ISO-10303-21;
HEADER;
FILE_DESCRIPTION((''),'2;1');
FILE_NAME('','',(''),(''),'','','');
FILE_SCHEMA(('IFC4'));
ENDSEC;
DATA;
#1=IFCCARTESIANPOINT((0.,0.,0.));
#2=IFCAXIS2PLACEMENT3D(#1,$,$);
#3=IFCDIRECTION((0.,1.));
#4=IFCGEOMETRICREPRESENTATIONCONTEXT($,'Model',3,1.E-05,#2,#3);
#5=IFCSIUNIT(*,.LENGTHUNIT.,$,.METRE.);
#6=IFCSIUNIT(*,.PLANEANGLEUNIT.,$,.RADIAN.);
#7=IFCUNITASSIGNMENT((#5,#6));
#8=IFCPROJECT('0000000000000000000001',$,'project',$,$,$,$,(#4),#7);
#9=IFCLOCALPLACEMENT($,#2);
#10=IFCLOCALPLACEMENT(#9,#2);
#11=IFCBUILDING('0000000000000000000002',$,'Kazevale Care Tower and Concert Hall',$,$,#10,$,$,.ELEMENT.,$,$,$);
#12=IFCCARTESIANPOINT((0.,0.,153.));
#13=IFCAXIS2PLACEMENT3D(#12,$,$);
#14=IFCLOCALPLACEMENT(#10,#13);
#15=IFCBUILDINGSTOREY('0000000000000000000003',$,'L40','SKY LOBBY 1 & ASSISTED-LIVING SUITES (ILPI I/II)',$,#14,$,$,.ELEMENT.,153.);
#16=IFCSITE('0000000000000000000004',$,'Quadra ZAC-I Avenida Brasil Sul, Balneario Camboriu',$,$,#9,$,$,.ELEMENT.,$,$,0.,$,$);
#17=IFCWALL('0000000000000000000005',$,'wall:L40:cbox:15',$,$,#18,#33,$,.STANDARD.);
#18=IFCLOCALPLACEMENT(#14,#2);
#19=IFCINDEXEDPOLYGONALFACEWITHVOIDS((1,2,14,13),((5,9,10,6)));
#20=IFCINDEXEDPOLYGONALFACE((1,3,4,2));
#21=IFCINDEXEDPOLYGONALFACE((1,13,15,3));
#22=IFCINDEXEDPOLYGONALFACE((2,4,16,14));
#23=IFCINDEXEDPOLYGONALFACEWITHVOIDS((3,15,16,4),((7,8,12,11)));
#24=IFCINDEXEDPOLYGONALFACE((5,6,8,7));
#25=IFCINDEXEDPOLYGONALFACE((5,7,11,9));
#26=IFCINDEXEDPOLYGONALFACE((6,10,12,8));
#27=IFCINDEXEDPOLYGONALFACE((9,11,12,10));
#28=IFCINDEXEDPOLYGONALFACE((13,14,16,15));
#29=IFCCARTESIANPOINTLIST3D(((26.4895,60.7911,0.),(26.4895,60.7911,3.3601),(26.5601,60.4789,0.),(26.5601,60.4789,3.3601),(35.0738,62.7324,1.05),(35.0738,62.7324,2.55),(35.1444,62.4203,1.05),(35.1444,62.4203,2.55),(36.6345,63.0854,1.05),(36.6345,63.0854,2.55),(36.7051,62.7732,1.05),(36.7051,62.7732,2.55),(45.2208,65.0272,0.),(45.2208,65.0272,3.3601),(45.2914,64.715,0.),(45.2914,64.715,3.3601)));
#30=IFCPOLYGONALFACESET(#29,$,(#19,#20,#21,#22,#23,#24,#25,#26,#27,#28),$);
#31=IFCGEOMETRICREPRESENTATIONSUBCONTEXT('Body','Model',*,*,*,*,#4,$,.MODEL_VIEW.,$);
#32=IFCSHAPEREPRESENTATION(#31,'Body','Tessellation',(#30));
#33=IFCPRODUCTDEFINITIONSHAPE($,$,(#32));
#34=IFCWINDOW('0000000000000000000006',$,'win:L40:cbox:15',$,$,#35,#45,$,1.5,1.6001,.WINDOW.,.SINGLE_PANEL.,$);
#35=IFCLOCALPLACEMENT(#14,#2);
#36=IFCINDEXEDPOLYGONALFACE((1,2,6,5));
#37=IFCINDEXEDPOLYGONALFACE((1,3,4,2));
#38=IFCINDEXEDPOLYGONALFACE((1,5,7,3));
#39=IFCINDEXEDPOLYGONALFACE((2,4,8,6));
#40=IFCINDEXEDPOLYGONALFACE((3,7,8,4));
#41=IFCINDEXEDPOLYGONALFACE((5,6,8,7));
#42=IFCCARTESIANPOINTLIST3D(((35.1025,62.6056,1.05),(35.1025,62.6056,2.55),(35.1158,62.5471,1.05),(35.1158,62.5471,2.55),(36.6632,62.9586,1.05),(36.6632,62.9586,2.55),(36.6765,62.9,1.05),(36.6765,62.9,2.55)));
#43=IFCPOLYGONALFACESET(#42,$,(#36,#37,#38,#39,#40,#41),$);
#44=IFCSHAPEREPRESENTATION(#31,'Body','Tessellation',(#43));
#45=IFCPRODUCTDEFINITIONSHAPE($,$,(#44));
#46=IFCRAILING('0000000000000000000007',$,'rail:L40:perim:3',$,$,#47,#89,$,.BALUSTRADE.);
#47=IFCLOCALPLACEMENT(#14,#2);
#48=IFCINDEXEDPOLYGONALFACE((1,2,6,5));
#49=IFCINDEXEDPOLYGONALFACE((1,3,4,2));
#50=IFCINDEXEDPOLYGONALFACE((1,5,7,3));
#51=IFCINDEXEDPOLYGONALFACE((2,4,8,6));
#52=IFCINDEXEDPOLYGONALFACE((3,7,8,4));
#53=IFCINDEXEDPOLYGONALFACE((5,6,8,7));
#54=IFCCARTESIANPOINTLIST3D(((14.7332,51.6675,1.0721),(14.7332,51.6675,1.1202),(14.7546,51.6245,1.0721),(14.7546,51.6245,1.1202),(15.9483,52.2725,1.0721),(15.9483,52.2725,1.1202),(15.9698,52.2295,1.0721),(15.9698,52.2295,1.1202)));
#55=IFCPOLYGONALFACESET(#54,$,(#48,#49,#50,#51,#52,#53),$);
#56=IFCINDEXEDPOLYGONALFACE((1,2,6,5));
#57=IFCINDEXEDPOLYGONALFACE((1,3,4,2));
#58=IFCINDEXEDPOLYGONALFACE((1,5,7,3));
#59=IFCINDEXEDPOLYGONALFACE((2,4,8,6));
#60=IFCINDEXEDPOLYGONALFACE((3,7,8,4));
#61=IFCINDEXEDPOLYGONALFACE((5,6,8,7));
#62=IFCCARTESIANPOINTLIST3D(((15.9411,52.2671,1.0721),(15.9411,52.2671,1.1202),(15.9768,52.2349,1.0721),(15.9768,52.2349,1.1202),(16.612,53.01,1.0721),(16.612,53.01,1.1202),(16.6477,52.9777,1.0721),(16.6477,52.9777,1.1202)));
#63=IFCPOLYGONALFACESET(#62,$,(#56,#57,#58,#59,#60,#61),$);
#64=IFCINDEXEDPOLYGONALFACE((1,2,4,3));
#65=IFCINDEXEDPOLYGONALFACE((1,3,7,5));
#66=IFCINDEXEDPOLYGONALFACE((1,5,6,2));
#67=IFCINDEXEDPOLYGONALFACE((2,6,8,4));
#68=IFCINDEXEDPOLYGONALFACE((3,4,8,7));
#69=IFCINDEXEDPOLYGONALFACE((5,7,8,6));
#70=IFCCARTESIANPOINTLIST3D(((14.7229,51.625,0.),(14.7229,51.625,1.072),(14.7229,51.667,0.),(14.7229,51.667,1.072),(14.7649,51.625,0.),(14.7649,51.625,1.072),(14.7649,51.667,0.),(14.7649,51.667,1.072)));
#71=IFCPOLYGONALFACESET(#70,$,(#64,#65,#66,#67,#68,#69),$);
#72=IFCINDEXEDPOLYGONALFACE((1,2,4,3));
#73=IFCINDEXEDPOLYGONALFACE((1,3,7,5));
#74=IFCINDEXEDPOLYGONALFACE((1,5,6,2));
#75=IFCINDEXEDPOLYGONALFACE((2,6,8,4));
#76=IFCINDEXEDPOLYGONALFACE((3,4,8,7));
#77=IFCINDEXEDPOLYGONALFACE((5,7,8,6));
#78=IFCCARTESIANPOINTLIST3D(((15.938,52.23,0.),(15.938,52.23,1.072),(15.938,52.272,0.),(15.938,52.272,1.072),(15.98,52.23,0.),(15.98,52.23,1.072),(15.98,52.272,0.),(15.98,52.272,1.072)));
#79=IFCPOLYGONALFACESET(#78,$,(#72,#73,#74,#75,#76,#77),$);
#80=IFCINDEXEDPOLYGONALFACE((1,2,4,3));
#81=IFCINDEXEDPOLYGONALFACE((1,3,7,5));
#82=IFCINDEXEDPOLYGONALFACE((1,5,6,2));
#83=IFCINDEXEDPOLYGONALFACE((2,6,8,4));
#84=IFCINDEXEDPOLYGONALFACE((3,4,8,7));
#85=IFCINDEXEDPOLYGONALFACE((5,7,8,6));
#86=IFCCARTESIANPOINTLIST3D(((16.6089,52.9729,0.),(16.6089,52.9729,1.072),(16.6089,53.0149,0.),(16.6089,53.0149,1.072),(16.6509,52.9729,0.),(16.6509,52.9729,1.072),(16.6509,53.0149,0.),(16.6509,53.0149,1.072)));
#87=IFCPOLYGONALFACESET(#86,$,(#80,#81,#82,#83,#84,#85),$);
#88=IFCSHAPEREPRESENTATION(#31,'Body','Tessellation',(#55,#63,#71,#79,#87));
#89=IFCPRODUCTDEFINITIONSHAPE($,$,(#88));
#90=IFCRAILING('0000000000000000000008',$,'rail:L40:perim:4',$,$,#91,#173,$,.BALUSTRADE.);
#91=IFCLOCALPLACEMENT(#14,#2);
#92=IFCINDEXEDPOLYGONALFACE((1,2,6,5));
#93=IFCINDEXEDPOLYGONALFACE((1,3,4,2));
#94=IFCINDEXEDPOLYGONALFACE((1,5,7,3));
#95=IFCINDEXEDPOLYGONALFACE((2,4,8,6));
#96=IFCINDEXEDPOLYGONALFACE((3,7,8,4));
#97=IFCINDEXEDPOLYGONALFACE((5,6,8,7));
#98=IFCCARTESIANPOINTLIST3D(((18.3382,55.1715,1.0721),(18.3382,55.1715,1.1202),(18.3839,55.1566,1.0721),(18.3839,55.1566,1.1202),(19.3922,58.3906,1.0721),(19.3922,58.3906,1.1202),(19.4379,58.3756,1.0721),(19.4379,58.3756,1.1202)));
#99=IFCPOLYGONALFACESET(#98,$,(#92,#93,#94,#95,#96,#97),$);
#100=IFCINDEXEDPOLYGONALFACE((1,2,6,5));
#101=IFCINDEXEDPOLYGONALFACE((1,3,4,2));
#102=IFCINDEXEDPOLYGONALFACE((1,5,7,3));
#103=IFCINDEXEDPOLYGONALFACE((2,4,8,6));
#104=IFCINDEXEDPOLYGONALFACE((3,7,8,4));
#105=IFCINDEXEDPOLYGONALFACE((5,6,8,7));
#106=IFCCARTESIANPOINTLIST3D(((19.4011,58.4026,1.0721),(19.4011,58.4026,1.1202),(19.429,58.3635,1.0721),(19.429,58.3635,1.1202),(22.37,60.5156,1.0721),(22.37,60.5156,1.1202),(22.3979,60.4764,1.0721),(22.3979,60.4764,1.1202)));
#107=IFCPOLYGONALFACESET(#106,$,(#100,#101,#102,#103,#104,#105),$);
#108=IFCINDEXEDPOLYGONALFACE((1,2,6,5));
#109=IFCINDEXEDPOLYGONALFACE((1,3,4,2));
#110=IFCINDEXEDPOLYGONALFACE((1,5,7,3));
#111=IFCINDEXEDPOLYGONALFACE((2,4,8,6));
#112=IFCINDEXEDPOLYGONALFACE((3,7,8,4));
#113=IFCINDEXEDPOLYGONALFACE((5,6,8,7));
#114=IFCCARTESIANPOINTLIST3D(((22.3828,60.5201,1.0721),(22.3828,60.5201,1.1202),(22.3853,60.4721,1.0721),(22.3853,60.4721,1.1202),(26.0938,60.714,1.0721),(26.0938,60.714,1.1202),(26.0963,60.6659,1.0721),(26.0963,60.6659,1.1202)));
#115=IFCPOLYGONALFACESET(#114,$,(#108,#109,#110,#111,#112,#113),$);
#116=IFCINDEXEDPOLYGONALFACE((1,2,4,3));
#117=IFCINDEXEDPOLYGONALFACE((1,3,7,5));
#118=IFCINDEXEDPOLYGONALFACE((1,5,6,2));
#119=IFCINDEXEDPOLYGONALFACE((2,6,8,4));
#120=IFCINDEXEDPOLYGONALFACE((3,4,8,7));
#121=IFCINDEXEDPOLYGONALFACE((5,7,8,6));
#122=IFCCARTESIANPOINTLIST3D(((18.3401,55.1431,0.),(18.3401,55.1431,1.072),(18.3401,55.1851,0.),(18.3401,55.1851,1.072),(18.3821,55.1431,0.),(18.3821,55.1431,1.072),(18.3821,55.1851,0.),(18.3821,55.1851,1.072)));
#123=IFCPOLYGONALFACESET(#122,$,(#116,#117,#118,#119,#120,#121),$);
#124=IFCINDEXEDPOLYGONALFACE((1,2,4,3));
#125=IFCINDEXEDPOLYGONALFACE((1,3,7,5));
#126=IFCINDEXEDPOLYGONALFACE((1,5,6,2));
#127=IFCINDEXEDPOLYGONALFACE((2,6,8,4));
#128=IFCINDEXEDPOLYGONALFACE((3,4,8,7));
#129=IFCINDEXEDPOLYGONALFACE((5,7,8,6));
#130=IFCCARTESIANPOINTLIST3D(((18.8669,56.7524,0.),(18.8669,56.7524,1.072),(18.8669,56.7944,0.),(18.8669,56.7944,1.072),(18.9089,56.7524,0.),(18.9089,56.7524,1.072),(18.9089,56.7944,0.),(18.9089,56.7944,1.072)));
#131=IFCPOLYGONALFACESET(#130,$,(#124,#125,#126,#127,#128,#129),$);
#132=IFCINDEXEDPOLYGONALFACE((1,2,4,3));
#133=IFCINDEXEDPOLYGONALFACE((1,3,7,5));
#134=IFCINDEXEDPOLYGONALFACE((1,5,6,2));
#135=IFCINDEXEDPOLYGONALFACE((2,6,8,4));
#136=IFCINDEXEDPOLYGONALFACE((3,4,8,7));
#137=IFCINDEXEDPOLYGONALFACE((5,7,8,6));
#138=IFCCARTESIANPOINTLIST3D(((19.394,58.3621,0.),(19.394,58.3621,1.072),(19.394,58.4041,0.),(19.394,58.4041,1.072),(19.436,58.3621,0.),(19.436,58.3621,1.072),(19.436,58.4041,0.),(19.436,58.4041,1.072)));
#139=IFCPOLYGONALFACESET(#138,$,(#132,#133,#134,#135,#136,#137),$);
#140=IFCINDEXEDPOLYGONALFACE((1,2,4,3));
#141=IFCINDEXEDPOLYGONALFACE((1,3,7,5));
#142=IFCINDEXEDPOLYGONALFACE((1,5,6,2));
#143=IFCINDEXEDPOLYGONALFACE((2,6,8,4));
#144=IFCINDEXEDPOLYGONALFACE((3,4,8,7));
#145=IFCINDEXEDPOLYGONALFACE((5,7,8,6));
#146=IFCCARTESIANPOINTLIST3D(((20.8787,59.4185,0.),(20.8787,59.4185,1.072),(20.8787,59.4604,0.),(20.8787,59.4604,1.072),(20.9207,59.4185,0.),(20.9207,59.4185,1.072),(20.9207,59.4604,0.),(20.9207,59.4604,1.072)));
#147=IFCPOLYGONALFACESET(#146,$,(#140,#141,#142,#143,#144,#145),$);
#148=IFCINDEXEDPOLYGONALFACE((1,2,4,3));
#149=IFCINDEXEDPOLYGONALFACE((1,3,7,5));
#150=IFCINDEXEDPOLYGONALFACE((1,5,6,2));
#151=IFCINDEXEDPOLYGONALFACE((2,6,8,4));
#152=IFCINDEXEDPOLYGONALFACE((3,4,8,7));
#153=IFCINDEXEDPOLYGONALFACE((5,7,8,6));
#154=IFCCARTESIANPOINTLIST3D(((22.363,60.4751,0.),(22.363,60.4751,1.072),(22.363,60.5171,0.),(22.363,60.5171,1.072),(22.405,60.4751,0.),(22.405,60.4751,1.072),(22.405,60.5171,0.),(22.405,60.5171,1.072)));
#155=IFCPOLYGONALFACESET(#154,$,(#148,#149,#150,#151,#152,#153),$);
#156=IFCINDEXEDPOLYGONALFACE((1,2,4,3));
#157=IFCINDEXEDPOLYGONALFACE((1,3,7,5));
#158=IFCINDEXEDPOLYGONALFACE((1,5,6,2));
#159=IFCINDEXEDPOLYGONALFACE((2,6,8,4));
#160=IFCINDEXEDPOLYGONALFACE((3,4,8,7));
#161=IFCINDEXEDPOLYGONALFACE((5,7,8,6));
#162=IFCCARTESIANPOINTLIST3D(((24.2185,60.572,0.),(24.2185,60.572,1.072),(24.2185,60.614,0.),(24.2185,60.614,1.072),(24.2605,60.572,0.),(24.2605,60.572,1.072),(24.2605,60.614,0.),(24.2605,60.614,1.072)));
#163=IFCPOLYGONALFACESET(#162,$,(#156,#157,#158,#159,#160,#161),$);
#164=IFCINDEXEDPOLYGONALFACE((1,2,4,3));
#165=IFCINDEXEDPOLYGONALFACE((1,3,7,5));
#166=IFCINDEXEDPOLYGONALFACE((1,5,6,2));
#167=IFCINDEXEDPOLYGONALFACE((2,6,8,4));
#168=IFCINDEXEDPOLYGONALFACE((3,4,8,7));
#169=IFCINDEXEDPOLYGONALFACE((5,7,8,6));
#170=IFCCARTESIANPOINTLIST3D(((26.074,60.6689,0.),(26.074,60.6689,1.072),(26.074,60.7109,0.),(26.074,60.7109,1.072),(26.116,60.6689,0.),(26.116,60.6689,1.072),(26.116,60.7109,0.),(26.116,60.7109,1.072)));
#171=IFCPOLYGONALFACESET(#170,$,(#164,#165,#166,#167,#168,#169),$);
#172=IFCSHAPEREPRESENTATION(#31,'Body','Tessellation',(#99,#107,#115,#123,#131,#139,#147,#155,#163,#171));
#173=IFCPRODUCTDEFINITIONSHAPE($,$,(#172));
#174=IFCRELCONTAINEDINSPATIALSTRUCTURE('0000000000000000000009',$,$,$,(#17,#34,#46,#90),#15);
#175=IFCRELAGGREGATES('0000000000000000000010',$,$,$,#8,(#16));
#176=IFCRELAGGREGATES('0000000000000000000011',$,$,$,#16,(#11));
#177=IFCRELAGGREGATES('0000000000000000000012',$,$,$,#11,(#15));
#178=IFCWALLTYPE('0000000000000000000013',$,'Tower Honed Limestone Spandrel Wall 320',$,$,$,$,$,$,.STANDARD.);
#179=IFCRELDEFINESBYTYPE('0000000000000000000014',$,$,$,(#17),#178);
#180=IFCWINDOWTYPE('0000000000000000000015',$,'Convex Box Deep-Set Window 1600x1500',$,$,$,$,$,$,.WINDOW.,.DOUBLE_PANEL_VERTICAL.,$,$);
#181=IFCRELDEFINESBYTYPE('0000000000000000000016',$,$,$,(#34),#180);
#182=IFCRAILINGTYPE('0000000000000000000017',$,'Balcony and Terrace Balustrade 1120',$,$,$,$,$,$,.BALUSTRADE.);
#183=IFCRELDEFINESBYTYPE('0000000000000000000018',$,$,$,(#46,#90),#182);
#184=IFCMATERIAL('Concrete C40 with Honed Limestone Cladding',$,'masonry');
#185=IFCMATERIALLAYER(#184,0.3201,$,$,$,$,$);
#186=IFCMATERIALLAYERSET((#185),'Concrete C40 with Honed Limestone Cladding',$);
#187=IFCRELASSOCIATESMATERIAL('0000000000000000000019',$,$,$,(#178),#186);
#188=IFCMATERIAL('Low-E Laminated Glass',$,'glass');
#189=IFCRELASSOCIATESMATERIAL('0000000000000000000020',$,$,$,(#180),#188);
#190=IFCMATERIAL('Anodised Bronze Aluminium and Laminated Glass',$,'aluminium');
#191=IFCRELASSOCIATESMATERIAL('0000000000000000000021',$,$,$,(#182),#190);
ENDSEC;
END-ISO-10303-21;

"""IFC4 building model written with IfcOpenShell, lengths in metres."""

from ifc_helpers import new_model, si_unit, direction, frame, frame_2d, origin, origin_2d, place, context, subcontext, project, spatial, rectangle, extrude, material, layer, layer_set, type_object, element, fill, save


model = new_model("IFC4")

# Units and contexts
model_context = context("Model", 3, precision=1e-05, world=origin(), true_north=direction((0.0, 1.0)))
body_context = subcontext(model_context, "Body", "Model", "MODEL_VIEW")
ifc_project = project(units=[si_unit("LENGTHUNIT", "METRE"), si_unit("PLANEANGLEUNIT", "RADIAN")], contexts=[model_context])

# Site, building, storey
site_placement = place(None, origin())
site = spatial("IfcSite", under=ifc_project, at=site_placement, Name="Quadra ZAC-I Avenida Brasil Sul, Balneario Camboriu", CompositionType="ELEMENT", RefElevation=0.0)
building_placement = place(site_placement, origin())
building = spatial("IfcBuilding", under=site, at=building_placement, Name="Kazevale Care Tower and Concert Hall", CompositionType="ELEMENT")
storey_placement = place(building_placement, frame((0.0, 0.0, 153.0)))
storey = spatial("IfcBuildingStorey", under=building, at=storey_placement, Name="L40", Description="SKY LOBBY 1 & ASSISTED-LIVING SUITES (ILPI I/II)", CompositionType="ELEMENT", Elevation=153.0)

# Shared definitions
ifc_material_1 = material(Name="Low-E Laminated Glass", Category="glass")

# Wall, opening, window
ifc_material_2 = material(Name="Concrete C40 with Honed Limestone Cladding", Category="masonry")
ifc_layer_1 = layer(ifc_material_2, 0.3201)
ifc_layer_set_1 = layer_set([ifc_layer_1], Name="Concrete C40 with Honed Limestone Cladding")
wall_type_1 = type_object("IfcWallType", Name="Tower Honed Limestone Spandrel Wall 320", PredefinedType="STANDARD", material=ifc_layer_set_1)
wall_1_placement = place(storey_placement, frame((26.5249, 60.635, 0.0), z_axis=(0.0, 0.0, 1.0), x_axis=(0.975369, 0.220581, 0.0)))
wall_1 = element("IfcWall", 1, at=wall_1_placement, inside=storey, type_object=wall_type_1, Name="wall:L40:cbox:15", PredefinedType="STANDARD", context=body_context, shape_type="SweptSolid", body=[
    extrude(rectangle(XDim=19.2043, YDim=0.3201, at=frame_2d((9.6021, 0.0))), origin(), (0.0, 0.0, 1.0), 3.3601),
])
opening_placement = place(wall_1_placement, frame((8.801, 0.0, 1.05)))
opening = element("IfcOpeningElement", 2, at=opening_placement, cuts=wall_1, PredefinedType="OPENING", context=body_context, shape_type="SweptSolid", body=[
    extrude(rectangle(XDim=1.6001, YDim=1.5, at=frame_2d((0.8, 0.75))), frame((0.0, 0.1699, 0.0), z_axis=(0.0, -1.0, 0.0), x_axis=(1.0, 0.0, 0.0)), (0.0, 0.0, 1.0), 0.3401),
])
window_type = type_object("IfcWindowType", Name="Convex Box Deep-Set Window 1600x1500", PartitioningType="DOUBLE_PANEL_VERTICAL", PredefinedType="WINDOW", material=ifc_material_1)
window_placement = place(opening_placement, origin())
window = element("IfcWindow", 3, at=window_placement, inside=storey, type_object=window_type, Name="win:L40:cbox:15", OverallHeight=1.5, OverallWidth=1.6001, PartitioningType="SINGLE_PANEL", PredefinedType="WINDOW", context=body_context, shape_type="SweptSolid", body=[
    extrude(rectangle(XDim=1.6001, YDim=1.5, at=frame_2d((0.8, 0.75))), frame((0.0, 0.03, 0.0), z_axis=(0.0, -1.0, 0.0), x_axis=(1.0, 0.0, 0.0)), (0.0, 0.0, 1.0), 0.0601),
])
fill(opening, window)

# Railings
ifc_material_3 = material(Name="Anodised Bronze Aluminium and Laminated Glass", Category="aluminium")
railing_type = type_object("IfcRailingType", Name="Balcony and Terrace Balustrade 1120", PredefinedType="BALUSTRADE", material=ifc_material_3)
railing_1_placement = place(storey_placement, frame((14.7439, 51.646, 0.0)))
element("IfcRailing", 4, at=railing_1_placement, inside=storey, type_object=railing_type, Name="rail:L40:perim:3", PredefinedType="BALUSTRADE", context=body_context, shape_type="SweptSolid", body=[
    extrude(rectangle(XDim=0.0481, YDim=0.0481, at=origin_2d()), frame((0.0, 0.0, 1.0962), z_axis=(0.895181, 0.445702, 0.0), x_axis=(-0.445702, 0.895181, 0.0)), (0.0, 0.0, 1.0), 1.3574),
    extrude(rectangle(XDim=0.0481, YDim=0.0481, at=origin_2d()), frame((1.2151, 0.605, 1.0962), z_axis=(0.670217, 0.742165, 0.0), x_axis=(-0.742165, 0.670217, 0.0)), (0.0, 0.0, 1.0), 1.001),
    extrude(rectangle(XDim=0.042, YDim=0.042, at=origin_2d()), origin(), (0.0, 0.0, 1.0), 1.072),
    extrude(rectangle(XDim=0.042, YDim=0.042, at=origin_2d()), frame((1.2151, 0.605, 0.0)), (0.0, 0.0, 1.0), 1.072),
    extrude(rectangle(XDim=0.042, YDim=0.042, at=origin_2d()), frame((1.886, 1.3479, 0.0)), (0.0, 0.0, 1.0), 1.072),
])
railing_2_placement = place(storey_placement, frame((18.3611, 55.1641, 0.0)))
element("IfcRailing", 5, at=railing_2_placement, inside=storey, type_object=railing_type, Name="rail:L40:perim:4", PredefinedType="BALUSTRADE", context=body_context, shape_type="SweptSolid", body=[
    extrude(rectangle(XDim=0.0481, YDim=0.0481, at=origin_2d()), frame((0.0, 0.0, 1.0962), z_axis=(0.311163, 0.950356, 0.0), x_axis=(-0.950356, 0.311163, 0.0)), (0.0, 0.0, 1.0), 3.3872),
    extrude(rectangle(XDim=0.0481, YDim=0.0481, at=origin_2d()), frame((1.054, 3.219, 1.0962), z_axis=(0.814728, 0.579843, 0.0), x_axis=(-0.579843, 0.814728, 0.0)), (0.0, 0.0, 1.0), 3.644),
    extrude(rectangle(XDim=0.0481, YDim=0.0481, at=origin_2d()), frame((4.0229, 5.332, 1.0962), z_axis=(0.998638, 0.052166, 0.0), x_axis=(-0.052166, 0.998638, 0.0)), (0.0, 0.0, 1.0), 3.7161),
    extrude(rectangle(XDim=0.042, YDim=0.042, at=origin_2d()), origin(), (0.0, 0.0, 1.0), 1.072),
    extrude(rectangle(XDim=0.042, YDim=0.042, at=origin_2d()), frame((0.5269, 1.6094, 0.0)), (0.0, 0.0, 1.0), 1.072),
    extrude(rectangle(XDim=0.042, YDim=0.042, at=origin_2d()), frame((1.054, 3.219, 0.0)), (0.0, 0.0, 1.0), 1.072),
    extrude(rectangle(XDim=0.042, YDim=0.042, at=origin_2d()), frame((2.5386, 4.2754, 0.0)), (0.0, 0.0, 1.0), 1.072),
    extrude(rectangle(XDim=0.042, YDim=0.042, at=origin_2d()), frame((4.0229, 5.332, 0.0)), (0.0, 0.0, 1.0), 1.072),
    extrude(rectangle(XDim=0.042, YDim=0.042, at=origin_2d()), frame((5.8784, 5.429, 0.0)), (0.0, 0.0, 1.0), 1.072),
    extrude(rectangle(XDim=0.042, YDim=0.042, at=origin_2d()), frame((7.7339, 5.5259, 0.0)), (0.0, 0.0, 1.0), 1.072),
])

save(model, "model.ifc")
